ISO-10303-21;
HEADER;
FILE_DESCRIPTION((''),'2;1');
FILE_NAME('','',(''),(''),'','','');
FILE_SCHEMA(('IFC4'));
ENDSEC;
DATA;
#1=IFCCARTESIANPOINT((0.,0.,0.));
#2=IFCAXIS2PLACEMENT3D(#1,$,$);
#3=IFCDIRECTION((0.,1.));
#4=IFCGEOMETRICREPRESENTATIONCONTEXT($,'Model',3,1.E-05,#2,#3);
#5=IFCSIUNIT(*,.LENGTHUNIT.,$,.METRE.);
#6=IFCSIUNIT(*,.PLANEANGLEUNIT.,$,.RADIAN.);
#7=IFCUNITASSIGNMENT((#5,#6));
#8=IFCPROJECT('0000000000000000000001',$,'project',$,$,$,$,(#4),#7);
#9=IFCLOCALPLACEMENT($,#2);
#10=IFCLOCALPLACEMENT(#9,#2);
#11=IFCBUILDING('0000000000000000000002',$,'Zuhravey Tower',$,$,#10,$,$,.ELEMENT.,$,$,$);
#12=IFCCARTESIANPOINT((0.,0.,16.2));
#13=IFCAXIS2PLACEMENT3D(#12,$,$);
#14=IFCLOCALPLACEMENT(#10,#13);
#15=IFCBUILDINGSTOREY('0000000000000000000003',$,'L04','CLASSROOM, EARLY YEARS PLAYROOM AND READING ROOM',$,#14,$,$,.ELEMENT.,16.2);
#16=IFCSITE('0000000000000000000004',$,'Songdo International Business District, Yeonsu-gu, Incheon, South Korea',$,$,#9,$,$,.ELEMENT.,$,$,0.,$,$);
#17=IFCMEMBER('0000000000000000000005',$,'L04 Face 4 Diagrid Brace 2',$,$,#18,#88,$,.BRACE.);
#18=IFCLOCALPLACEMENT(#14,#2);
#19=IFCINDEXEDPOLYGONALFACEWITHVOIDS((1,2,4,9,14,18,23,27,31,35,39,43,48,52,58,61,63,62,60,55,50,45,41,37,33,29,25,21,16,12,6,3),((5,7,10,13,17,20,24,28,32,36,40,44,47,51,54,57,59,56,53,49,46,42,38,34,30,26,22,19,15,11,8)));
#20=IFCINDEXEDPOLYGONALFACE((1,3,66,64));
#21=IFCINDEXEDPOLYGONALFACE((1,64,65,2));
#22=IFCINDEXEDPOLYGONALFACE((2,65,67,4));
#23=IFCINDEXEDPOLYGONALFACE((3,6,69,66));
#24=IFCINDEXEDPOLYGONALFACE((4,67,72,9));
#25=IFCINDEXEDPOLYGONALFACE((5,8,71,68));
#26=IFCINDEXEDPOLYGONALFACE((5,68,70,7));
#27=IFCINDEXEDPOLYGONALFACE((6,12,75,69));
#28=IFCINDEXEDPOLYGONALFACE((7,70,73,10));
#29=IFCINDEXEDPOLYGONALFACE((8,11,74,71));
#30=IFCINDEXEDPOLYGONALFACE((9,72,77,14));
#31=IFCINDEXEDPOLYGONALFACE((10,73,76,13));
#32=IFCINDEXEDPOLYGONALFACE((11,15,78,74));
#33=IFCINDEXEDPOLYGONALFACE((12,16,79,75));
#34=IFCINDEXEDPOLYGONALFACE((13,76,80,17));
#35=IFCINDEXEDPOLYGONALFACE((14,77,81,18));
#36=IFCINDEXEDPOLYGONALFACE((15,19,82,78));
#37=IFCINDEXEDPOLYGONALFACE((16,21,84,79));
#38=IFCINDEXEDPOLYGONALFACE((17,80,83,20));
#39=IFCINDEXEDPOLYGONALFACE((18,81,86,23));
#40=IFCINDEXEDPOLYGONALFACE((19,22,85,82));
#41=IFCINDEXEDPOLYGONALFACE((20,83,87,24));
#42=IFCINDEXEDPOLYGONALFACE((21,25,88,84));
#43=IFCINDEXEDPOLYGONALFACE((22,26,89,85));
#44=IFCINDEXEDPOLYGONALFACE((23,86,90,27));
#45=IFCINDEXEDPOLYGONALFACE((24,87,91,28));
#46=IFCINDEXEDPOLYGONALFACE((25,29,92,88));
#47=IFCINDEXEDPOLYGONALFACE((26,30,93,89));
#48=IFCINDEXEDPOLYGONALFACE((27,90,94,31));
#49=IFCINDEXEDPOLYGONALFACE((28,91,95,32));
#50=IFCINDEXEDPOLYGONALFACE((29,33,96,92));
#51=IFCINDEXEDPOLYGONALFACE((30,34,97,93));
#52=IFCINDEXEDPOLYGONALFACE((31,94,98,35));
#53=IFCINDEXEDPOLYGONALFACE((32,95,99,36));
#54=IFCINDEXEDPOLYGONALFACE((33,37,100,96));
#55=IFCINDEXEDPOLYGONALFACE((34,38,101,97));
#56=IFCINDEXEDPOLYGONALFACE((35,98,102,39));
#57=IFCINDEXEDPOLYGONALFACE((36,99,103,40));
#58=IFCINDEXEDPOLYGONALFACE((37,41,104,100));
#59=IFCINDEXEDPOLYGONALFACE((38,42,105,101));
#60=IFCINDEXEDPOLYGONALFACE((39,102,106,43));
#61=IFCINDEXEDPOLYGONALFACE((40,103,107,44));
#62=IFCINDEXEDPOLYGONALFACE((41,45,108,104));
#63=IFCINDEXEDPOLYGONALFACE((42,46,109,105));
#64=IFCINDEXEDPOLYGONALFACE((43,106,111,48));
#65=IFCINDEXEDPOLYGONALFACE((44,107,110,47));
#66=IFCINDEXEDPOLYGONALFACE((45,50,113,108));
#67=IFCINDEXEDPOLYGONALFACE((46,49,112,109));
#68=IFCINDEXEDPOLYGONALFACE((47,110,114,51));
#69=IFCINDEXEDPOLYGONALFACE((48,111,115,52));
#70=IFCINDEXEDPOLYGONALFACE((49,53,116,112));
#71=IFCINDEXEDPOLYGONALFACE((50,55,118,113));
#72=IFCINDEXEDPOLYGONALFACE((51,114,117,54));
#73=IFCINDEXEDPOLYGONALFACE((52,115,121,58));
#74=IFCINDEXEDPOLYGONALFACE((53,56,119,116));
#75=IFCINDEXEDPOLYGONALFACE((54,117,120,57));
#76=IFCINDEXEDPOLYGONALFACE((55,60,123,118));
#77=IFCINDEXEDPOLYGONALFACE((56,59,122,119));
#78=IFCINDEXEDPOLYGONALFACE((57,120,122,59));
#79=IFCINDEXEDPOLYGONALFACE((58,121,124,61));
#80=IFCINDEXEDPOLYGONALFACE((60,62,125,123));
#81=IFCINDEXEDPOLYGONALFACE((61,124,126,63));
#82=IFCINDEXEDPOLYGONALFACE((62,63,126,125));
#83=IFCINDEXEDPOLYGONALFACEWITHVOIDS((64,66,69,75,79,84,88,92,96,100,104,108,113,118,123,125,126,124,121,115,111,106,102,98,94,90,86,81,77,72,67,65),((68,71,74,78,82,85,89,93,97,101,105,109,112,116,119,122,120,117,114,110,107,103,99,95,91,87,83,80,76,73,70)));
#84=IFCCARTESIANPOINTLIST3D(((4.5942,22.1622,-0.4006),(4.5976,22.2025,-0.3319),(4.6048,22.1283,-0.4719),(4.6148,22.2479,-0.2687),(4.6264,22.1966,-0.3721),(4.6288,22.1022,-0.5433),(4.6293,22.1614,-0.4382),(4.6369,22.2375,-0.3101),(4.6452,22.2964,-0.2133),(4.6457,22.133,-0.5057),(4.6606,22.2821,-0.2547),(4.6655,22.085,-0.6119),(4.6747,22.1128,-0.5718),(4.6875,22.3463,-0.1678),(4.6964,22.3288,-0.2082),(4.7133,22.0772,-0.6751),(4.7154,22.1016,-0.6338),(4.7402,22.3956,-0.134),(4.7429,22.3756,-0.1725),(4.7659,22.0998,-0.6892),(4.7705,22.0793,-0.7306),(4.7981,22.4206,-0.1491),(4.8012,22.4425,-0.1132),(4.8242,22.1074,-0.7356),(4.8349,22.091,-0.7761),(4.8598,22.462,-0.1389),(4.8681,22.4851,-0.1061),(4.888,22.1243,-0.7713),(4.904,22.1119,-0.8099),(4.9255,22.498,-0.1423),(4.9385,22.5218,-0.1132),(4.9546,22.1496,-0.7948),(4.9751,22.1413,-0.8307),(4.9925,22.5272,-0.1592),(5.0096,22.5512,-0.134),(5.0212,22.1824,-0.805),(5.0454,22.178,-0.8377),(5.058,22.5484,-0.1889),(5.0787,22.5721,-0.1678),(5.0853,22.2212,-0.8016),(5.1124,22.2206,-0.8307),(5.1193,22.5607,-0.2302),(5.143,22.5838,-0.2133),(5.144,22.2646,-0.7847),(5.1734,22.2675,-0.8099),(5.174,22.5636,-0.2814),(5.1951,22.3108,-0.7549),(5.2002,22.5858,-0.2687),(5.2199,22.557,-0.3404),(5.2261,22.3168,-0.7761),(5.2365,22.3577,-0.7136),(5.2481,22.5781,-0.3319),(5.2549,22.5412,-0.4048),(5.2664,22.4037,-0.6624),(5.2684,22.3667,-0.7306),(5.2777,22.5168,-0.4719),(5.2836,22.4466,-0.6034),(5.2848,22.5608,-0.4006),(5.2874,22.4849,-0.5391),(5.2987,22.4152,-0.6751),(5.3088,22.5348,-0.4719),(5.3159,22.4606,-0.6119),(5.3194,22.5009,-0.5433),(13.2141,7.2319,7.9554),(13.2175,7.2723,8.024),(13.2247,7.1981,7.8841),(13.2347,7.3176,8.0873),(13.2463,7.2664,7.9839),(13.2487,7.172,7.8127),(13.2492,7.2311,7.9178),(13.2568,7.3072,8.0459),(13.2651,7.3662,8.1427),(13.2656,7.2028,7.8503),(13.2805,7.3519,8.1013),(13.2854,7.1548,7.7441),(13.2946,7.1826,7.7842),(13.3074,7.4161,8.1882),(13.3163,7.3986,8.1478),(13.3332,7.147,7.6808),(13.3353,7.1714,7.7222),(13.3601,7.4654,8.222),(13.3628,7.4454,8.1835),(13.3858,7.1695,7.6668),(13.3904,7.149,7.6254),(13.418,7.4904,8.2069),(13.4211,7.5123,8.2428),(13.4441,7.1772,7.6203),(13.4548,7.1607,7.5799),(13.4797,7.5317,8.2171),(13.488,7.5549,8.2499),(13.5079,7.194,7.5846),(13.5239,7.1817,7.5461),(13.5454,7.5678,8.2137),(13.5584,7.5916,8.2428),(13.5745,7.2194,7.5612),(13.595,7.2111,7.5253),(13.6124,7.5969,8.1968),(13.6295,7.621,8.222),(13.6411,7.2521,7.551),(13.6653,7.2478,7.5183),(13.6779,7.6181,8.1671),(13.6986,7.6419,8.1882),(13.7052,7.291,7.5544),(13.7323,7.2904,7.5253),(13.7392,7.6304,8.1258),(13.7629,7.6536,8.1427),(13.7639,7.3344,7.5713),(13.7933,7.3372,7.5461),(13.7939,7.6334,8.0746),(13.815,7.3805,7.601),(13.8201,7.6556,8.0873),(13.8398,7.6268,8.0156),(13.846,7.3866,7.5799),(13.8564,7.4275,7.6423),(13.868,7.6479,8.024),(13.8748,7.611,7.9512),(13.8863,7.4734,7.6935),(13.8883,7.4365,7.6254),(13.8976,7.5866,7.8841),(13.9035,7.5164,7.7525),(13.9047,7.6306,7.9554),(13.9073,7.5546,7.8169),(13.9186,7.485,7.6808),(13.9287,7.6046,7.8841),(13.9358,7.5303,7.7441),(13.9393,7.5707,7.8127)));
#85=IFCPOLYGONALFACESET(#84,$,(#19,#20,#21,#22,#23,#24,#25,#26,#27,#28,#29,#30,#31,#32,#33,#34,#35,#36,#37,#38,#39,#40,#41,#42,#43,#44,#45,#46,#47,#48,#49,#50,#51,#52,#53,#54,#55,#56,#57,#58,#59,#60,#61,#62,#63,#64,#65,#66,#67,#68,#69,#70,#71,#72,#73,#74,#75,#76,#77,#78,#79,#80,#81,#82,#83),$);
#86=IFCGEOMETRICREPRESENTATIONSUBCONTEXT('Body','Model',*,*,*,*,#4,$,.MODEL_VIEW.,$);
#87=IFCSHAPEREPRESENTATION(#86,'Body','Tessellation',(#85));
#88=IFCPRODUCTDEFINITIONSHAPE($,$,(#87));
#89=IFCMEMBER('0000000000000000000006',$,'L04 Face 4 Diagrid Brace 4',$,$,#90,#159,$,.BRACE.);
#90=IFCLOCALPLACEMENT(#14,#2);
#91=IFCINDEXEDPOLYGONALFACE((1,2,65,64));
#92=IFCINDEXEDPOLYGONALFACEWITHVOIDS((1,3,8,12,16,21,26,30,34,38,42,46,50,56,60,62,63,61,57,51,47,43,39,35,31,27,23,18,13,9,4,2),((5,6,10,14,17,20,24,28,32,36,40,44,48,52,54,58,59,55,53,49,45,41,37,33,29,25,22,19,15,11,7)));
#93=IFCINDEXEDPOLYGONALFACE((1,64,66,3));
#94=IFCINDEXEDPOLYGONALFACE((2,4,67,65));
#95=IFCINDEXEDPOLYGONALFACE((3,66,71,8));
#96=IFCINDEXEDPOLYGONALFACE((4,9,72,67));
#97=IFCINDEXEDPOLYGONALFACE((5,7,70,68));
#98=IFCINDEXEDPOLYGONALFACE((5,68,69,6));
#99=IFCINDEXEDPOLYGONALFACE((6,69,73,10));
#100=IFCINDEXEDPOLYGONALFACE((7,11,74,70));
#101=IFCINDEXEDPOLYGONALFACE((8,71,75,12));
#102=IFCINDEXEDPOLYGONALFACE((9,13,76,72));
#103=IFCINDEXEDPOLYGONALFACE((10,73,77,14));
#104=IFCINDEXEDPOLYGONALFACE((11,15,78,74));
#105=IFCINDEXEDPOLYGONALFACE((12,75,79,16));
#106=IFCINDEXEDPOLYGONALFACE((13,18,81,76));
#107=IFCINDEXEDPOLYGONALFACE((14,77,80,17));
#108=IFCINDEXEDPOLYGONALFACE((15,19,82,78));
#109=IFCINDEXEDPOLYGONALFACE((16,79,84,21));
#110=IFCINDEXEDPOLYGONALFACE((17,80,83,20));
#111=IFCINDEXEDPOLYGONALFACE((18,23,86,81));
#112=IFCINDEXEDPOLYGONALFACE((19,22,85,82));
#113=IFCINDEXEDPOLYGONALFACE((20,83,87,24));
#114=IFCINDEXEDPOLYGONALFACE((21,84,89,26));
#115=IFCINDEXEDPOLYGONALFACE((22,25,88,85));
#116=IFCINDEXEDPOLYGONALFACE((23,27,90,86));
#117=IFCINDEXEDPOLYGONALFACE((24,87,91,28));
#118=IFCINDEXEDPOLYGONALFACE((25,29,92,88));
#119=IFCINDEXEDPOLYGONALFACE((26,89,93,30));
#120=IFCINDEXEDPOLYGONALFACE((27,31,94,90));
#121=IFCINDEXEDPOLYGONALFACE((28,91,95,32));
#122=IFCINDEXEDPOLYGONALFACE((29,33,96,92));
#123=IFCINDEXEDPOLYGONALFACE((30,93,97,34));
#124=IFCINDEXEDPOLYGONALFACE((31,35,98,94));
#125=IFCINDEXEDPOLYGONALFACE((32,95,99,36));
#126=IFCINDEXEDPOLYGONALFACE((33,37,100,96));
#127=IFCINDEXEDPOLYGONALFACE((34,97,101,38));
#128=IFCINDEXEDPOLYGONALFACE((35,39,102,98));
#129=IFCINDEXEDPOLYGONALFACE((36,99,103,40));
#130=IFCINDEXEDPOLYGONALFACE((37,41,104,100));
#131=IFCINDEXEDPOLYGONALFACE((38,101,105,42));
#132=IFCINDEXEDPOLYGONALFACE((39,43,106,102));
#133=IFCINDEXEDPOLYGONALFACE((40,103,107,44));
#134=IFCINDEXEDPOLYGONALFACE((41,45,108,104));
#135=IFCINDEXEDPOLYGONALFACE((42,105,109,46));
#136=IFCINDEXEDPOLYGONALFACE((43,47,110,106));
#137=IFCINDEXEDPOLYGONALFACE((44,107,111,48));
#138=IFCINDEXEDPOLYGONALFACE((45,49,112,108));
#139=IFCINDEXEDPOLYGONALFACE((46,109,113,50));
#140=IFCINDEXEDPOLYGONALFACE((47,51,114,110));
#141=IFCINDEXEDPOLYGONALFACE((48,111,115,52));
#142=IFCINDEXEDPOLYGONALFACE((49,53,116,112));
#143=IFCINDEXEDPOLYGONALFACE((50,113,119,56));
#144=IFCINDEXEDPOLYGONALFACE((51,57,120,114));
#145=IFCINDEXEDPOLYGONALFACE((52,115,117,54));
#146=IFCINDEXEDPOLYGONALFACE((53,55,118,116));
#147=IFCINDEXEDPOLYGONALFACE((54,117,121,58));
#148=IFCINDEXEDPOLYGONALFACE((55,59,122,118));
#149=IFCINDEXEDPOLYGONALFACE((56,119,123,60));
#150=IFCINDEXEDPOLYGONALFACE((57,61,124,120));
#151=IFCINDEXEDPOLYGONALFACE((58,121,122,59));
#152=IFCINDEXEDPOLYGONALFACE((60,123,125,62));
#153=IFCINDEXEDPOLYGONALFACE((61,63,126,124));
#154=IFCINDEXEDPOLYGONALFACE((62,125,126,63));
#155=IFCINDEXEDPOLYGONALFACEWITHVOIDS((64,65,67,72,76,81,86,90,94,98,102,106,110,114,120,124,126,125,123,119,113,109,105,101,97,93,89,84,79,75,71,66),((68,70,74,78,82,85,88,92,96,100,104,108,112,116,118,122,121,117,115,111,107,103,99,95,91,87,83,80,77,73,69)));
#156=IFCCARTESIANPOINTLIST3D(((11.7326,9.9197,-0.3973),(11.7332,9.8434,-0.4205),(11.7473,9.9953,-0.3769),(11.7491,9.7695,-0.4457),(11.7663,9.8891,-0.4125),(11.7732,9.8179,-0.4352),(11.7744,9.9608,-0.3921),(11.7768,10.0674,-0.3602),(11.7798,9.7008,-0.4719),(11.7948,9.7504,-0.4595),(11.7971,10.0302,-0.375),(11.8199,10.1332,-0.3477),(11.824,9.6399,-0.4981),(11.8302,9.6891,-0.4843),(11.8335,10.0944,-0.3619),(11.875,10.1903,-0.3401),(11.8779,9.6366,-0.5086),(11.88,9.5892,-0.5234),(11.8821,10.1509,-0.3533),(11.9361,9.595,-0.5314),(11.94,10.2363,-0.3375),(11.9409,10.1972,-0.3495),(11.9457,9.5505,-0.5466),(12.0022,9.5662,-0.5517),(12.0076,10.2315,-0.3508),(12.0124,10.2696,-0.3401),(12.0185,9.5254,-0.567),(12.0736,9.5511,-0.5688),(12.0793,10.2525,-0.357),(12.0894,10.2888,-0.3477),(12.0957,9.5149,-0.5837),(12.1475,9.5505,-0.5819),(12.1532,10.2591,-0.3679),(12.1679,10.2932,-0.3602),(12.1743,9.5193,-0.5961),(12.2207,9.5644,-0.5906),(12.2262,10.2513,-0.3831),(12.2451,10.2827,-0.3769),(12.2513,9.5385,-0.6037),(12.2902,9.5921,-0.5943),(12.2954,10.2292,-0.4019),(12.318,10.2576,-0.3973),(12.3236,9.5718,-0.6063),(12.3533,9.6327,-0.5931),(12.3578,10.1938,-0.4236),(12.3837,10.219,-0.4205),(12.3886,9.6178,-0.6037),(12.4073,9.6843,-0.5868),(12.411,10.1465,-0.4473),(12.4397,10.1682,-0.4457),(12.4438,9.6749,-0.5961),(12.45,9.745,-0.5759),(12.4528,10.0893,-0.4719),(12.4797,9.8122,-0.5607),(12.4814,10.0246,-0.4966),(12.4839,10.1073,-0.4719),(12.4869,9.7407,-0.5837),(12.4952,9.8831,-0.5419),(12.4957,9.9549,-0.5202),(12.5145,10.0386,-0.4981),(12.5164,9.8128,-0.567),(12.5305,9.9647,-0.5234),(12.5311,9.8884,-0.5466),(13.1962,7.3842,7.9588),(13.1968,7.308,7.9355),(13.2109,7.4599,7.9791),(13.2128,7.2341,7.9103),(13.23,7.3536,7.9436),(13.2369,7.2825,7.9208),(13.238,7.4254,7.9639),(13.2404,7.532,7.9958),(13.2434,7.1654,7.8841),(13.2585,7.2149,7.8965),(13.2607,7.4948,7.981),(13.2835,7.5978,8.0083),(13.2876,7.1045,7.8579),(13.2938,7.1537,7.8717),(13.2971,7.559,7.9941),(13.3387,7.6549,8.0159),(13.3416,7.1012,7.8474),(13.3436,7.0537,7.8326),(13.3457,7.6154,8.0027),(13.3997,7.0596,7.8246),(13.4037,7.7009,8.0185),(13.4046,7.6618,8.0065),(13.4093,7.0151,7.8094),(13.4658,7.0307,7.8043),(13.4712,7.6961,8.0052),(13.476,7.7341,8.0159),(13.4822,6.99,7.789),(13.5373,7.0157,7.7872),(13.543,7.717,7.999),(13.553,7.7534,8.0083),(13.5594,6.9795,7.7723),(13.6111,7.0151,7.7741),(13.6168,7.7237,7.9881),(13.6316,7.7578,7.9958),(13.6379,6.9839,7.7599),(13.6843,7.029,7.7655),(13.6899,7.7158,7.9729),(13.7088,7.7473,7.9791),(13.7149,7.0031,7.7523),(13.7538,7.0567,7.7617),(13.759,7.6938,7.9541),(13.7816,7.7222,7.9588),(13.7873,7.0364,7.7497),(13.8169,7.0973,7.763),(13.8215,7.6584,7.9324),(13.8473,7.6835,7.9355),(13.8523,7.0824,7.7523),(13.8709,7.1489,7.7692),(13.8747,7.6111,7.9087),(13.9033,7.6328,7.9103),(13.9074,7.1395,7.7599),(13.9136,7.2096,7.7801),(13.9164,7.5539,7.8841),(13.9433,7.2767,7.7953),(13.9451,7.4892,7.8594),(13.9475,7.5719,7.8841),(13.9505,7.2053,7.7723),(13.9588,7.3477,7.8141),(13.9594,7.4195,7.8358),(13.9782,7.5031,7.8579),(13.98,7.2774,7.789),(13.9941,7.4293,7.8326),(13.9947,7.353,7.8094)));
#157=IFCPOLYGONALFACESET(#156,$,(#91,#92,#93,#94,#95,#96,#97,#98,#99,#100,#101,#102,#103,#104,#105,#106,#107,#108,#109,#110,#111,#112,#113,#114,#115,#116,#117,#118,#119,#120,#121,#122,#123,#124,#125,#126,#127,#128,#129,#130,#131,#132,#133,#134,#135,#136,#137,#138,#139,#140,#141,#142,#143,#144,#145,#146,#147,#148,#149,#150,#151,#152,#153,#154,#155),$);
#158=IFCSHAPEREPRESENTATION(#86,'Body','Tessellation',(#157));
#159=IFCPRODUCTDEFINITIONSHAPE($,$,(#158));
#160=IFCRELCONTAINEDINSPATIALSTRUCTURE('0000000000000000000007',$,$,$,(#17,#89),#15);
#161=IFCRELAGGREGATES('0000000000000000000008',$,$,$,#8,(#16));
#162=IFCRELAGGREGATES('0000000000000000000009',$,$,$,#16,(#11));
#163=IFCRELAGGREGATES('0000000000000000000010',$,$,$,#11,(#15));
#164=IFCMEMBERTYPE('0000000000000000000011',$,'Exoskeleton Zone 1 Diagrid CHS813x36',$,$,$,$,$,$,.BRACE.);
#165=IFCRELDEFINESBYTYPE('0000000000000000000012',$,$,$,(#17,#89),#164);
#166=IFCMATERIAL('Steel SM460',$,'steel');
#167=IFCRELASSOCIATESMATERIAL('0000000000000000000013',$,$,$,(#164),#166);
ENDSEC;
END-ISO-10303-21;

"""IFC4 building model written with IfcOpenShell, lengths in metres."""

from ifc_helpers import new_model, si_unit, direction, frame, origin, origin_2d, place, context, subcontext, project, spatial, hollow_circle, extrude, material, material_profile, profile_set, type_object, element, save


model = new_model("IFC4")

# Units and contexts
model_context = context("Model", 3, precision=1e-05, world=origin(), true_north=direction((0.0, 1.0)))
body_context = subcontext(model_context, "Body", "Model", "MODEL_VIEW")
ifc_project = project(units=[si_unit("LENGTHUNIT", "METRE"), si_unit("PLANEANGLEUNIT", "RADIAN")], contexts=[model_context])

# Site, building, storey
site_placement = place(None, origin())
site = spatial("IfcSite", under=ifc_project, at=site_placement, Name="Songdo International Business District, Yeonsu-gu, Incheon, South Korea", CompositionType="ELEMENT", RefElevation=0.0)
building_placement = place(site_placement, origin())
building = spatial("IfcBuilding", under=site, at=building_placement, Name="Zuhravey Tower", CompositionType="ELEMENT")
storey_placement = place(building_placement, frame((0.0, 0.0, 16.2)))
storey = spatial("IfcBuildingStorey", under=building, at=storey_placement, Name="L04", Description="CLASSROOM, EARLY YEARS PLAYROOM AND READING ROOM", CompositionType="ELEMENT", Elevation=16.2)

# Members
ifc_material_1 = material(Name="Steel SM460", Category="steel")
ifc_material_profile_1 = material_profile(ifc_material_1, hollow_circle(Radius=0.4065, WallThickness=0.0359, at=origin_2d()), Name="CHS-812.8x36")
ifc_profile_set_1 = profile_set([ifc_material_profile_1], Name="Steel SM460")
member_type_1 = type_object("IfcMemberType", Name="Exoskeleton Zone 1 Diagrid CHS813x36", PredefinedType="BRACE", material=ifc_profile_set_1)
member_1_placement = place(storey_placement, frame((4.9568, 22.3315, -0.4719), z_axis=(0.449933, -0.779312, 0.436157), x_axis=(0.866027, 0.499997, 0.0)))
element("IfcMember", 1, at=member_1_placement, inside=storey, type_object=member_type_1, Name="L04 Face 4 Diagrid Brace 2", PredefinedType="BRACE", context=body_context, shape_type="SweptSolid", body=[
    extrude(hollow_circle(Radius=0.4065, WallThickness=0.0359, at=origin_2d()), origin(), (0.0, 0.0, 1.0), 19.1582),
])
member_2_placement = place(storey_placement, frame((12.1318, 9.9041, -0.4719), z_axis=(0.165307, -0.286358, 0.943755), x_axis=(0.866054, 0.499951, 0.0)))
element("IfcMember", 2, at=member_2_placement, inside=storey, type_object=member_type_1, Name="L04 Face 4 Diagrid Brace 4", PredefinedType="BRACE", context=body_context, shape_type="SweptSolid", body=[
    extrude(hollow_circle(Radius=0.4065, WallThickness=0.0359, at=origin_2d()), origin(), (0.0, 0.0, 1.0), 8.854),
])

save(model, "model.ifc")
